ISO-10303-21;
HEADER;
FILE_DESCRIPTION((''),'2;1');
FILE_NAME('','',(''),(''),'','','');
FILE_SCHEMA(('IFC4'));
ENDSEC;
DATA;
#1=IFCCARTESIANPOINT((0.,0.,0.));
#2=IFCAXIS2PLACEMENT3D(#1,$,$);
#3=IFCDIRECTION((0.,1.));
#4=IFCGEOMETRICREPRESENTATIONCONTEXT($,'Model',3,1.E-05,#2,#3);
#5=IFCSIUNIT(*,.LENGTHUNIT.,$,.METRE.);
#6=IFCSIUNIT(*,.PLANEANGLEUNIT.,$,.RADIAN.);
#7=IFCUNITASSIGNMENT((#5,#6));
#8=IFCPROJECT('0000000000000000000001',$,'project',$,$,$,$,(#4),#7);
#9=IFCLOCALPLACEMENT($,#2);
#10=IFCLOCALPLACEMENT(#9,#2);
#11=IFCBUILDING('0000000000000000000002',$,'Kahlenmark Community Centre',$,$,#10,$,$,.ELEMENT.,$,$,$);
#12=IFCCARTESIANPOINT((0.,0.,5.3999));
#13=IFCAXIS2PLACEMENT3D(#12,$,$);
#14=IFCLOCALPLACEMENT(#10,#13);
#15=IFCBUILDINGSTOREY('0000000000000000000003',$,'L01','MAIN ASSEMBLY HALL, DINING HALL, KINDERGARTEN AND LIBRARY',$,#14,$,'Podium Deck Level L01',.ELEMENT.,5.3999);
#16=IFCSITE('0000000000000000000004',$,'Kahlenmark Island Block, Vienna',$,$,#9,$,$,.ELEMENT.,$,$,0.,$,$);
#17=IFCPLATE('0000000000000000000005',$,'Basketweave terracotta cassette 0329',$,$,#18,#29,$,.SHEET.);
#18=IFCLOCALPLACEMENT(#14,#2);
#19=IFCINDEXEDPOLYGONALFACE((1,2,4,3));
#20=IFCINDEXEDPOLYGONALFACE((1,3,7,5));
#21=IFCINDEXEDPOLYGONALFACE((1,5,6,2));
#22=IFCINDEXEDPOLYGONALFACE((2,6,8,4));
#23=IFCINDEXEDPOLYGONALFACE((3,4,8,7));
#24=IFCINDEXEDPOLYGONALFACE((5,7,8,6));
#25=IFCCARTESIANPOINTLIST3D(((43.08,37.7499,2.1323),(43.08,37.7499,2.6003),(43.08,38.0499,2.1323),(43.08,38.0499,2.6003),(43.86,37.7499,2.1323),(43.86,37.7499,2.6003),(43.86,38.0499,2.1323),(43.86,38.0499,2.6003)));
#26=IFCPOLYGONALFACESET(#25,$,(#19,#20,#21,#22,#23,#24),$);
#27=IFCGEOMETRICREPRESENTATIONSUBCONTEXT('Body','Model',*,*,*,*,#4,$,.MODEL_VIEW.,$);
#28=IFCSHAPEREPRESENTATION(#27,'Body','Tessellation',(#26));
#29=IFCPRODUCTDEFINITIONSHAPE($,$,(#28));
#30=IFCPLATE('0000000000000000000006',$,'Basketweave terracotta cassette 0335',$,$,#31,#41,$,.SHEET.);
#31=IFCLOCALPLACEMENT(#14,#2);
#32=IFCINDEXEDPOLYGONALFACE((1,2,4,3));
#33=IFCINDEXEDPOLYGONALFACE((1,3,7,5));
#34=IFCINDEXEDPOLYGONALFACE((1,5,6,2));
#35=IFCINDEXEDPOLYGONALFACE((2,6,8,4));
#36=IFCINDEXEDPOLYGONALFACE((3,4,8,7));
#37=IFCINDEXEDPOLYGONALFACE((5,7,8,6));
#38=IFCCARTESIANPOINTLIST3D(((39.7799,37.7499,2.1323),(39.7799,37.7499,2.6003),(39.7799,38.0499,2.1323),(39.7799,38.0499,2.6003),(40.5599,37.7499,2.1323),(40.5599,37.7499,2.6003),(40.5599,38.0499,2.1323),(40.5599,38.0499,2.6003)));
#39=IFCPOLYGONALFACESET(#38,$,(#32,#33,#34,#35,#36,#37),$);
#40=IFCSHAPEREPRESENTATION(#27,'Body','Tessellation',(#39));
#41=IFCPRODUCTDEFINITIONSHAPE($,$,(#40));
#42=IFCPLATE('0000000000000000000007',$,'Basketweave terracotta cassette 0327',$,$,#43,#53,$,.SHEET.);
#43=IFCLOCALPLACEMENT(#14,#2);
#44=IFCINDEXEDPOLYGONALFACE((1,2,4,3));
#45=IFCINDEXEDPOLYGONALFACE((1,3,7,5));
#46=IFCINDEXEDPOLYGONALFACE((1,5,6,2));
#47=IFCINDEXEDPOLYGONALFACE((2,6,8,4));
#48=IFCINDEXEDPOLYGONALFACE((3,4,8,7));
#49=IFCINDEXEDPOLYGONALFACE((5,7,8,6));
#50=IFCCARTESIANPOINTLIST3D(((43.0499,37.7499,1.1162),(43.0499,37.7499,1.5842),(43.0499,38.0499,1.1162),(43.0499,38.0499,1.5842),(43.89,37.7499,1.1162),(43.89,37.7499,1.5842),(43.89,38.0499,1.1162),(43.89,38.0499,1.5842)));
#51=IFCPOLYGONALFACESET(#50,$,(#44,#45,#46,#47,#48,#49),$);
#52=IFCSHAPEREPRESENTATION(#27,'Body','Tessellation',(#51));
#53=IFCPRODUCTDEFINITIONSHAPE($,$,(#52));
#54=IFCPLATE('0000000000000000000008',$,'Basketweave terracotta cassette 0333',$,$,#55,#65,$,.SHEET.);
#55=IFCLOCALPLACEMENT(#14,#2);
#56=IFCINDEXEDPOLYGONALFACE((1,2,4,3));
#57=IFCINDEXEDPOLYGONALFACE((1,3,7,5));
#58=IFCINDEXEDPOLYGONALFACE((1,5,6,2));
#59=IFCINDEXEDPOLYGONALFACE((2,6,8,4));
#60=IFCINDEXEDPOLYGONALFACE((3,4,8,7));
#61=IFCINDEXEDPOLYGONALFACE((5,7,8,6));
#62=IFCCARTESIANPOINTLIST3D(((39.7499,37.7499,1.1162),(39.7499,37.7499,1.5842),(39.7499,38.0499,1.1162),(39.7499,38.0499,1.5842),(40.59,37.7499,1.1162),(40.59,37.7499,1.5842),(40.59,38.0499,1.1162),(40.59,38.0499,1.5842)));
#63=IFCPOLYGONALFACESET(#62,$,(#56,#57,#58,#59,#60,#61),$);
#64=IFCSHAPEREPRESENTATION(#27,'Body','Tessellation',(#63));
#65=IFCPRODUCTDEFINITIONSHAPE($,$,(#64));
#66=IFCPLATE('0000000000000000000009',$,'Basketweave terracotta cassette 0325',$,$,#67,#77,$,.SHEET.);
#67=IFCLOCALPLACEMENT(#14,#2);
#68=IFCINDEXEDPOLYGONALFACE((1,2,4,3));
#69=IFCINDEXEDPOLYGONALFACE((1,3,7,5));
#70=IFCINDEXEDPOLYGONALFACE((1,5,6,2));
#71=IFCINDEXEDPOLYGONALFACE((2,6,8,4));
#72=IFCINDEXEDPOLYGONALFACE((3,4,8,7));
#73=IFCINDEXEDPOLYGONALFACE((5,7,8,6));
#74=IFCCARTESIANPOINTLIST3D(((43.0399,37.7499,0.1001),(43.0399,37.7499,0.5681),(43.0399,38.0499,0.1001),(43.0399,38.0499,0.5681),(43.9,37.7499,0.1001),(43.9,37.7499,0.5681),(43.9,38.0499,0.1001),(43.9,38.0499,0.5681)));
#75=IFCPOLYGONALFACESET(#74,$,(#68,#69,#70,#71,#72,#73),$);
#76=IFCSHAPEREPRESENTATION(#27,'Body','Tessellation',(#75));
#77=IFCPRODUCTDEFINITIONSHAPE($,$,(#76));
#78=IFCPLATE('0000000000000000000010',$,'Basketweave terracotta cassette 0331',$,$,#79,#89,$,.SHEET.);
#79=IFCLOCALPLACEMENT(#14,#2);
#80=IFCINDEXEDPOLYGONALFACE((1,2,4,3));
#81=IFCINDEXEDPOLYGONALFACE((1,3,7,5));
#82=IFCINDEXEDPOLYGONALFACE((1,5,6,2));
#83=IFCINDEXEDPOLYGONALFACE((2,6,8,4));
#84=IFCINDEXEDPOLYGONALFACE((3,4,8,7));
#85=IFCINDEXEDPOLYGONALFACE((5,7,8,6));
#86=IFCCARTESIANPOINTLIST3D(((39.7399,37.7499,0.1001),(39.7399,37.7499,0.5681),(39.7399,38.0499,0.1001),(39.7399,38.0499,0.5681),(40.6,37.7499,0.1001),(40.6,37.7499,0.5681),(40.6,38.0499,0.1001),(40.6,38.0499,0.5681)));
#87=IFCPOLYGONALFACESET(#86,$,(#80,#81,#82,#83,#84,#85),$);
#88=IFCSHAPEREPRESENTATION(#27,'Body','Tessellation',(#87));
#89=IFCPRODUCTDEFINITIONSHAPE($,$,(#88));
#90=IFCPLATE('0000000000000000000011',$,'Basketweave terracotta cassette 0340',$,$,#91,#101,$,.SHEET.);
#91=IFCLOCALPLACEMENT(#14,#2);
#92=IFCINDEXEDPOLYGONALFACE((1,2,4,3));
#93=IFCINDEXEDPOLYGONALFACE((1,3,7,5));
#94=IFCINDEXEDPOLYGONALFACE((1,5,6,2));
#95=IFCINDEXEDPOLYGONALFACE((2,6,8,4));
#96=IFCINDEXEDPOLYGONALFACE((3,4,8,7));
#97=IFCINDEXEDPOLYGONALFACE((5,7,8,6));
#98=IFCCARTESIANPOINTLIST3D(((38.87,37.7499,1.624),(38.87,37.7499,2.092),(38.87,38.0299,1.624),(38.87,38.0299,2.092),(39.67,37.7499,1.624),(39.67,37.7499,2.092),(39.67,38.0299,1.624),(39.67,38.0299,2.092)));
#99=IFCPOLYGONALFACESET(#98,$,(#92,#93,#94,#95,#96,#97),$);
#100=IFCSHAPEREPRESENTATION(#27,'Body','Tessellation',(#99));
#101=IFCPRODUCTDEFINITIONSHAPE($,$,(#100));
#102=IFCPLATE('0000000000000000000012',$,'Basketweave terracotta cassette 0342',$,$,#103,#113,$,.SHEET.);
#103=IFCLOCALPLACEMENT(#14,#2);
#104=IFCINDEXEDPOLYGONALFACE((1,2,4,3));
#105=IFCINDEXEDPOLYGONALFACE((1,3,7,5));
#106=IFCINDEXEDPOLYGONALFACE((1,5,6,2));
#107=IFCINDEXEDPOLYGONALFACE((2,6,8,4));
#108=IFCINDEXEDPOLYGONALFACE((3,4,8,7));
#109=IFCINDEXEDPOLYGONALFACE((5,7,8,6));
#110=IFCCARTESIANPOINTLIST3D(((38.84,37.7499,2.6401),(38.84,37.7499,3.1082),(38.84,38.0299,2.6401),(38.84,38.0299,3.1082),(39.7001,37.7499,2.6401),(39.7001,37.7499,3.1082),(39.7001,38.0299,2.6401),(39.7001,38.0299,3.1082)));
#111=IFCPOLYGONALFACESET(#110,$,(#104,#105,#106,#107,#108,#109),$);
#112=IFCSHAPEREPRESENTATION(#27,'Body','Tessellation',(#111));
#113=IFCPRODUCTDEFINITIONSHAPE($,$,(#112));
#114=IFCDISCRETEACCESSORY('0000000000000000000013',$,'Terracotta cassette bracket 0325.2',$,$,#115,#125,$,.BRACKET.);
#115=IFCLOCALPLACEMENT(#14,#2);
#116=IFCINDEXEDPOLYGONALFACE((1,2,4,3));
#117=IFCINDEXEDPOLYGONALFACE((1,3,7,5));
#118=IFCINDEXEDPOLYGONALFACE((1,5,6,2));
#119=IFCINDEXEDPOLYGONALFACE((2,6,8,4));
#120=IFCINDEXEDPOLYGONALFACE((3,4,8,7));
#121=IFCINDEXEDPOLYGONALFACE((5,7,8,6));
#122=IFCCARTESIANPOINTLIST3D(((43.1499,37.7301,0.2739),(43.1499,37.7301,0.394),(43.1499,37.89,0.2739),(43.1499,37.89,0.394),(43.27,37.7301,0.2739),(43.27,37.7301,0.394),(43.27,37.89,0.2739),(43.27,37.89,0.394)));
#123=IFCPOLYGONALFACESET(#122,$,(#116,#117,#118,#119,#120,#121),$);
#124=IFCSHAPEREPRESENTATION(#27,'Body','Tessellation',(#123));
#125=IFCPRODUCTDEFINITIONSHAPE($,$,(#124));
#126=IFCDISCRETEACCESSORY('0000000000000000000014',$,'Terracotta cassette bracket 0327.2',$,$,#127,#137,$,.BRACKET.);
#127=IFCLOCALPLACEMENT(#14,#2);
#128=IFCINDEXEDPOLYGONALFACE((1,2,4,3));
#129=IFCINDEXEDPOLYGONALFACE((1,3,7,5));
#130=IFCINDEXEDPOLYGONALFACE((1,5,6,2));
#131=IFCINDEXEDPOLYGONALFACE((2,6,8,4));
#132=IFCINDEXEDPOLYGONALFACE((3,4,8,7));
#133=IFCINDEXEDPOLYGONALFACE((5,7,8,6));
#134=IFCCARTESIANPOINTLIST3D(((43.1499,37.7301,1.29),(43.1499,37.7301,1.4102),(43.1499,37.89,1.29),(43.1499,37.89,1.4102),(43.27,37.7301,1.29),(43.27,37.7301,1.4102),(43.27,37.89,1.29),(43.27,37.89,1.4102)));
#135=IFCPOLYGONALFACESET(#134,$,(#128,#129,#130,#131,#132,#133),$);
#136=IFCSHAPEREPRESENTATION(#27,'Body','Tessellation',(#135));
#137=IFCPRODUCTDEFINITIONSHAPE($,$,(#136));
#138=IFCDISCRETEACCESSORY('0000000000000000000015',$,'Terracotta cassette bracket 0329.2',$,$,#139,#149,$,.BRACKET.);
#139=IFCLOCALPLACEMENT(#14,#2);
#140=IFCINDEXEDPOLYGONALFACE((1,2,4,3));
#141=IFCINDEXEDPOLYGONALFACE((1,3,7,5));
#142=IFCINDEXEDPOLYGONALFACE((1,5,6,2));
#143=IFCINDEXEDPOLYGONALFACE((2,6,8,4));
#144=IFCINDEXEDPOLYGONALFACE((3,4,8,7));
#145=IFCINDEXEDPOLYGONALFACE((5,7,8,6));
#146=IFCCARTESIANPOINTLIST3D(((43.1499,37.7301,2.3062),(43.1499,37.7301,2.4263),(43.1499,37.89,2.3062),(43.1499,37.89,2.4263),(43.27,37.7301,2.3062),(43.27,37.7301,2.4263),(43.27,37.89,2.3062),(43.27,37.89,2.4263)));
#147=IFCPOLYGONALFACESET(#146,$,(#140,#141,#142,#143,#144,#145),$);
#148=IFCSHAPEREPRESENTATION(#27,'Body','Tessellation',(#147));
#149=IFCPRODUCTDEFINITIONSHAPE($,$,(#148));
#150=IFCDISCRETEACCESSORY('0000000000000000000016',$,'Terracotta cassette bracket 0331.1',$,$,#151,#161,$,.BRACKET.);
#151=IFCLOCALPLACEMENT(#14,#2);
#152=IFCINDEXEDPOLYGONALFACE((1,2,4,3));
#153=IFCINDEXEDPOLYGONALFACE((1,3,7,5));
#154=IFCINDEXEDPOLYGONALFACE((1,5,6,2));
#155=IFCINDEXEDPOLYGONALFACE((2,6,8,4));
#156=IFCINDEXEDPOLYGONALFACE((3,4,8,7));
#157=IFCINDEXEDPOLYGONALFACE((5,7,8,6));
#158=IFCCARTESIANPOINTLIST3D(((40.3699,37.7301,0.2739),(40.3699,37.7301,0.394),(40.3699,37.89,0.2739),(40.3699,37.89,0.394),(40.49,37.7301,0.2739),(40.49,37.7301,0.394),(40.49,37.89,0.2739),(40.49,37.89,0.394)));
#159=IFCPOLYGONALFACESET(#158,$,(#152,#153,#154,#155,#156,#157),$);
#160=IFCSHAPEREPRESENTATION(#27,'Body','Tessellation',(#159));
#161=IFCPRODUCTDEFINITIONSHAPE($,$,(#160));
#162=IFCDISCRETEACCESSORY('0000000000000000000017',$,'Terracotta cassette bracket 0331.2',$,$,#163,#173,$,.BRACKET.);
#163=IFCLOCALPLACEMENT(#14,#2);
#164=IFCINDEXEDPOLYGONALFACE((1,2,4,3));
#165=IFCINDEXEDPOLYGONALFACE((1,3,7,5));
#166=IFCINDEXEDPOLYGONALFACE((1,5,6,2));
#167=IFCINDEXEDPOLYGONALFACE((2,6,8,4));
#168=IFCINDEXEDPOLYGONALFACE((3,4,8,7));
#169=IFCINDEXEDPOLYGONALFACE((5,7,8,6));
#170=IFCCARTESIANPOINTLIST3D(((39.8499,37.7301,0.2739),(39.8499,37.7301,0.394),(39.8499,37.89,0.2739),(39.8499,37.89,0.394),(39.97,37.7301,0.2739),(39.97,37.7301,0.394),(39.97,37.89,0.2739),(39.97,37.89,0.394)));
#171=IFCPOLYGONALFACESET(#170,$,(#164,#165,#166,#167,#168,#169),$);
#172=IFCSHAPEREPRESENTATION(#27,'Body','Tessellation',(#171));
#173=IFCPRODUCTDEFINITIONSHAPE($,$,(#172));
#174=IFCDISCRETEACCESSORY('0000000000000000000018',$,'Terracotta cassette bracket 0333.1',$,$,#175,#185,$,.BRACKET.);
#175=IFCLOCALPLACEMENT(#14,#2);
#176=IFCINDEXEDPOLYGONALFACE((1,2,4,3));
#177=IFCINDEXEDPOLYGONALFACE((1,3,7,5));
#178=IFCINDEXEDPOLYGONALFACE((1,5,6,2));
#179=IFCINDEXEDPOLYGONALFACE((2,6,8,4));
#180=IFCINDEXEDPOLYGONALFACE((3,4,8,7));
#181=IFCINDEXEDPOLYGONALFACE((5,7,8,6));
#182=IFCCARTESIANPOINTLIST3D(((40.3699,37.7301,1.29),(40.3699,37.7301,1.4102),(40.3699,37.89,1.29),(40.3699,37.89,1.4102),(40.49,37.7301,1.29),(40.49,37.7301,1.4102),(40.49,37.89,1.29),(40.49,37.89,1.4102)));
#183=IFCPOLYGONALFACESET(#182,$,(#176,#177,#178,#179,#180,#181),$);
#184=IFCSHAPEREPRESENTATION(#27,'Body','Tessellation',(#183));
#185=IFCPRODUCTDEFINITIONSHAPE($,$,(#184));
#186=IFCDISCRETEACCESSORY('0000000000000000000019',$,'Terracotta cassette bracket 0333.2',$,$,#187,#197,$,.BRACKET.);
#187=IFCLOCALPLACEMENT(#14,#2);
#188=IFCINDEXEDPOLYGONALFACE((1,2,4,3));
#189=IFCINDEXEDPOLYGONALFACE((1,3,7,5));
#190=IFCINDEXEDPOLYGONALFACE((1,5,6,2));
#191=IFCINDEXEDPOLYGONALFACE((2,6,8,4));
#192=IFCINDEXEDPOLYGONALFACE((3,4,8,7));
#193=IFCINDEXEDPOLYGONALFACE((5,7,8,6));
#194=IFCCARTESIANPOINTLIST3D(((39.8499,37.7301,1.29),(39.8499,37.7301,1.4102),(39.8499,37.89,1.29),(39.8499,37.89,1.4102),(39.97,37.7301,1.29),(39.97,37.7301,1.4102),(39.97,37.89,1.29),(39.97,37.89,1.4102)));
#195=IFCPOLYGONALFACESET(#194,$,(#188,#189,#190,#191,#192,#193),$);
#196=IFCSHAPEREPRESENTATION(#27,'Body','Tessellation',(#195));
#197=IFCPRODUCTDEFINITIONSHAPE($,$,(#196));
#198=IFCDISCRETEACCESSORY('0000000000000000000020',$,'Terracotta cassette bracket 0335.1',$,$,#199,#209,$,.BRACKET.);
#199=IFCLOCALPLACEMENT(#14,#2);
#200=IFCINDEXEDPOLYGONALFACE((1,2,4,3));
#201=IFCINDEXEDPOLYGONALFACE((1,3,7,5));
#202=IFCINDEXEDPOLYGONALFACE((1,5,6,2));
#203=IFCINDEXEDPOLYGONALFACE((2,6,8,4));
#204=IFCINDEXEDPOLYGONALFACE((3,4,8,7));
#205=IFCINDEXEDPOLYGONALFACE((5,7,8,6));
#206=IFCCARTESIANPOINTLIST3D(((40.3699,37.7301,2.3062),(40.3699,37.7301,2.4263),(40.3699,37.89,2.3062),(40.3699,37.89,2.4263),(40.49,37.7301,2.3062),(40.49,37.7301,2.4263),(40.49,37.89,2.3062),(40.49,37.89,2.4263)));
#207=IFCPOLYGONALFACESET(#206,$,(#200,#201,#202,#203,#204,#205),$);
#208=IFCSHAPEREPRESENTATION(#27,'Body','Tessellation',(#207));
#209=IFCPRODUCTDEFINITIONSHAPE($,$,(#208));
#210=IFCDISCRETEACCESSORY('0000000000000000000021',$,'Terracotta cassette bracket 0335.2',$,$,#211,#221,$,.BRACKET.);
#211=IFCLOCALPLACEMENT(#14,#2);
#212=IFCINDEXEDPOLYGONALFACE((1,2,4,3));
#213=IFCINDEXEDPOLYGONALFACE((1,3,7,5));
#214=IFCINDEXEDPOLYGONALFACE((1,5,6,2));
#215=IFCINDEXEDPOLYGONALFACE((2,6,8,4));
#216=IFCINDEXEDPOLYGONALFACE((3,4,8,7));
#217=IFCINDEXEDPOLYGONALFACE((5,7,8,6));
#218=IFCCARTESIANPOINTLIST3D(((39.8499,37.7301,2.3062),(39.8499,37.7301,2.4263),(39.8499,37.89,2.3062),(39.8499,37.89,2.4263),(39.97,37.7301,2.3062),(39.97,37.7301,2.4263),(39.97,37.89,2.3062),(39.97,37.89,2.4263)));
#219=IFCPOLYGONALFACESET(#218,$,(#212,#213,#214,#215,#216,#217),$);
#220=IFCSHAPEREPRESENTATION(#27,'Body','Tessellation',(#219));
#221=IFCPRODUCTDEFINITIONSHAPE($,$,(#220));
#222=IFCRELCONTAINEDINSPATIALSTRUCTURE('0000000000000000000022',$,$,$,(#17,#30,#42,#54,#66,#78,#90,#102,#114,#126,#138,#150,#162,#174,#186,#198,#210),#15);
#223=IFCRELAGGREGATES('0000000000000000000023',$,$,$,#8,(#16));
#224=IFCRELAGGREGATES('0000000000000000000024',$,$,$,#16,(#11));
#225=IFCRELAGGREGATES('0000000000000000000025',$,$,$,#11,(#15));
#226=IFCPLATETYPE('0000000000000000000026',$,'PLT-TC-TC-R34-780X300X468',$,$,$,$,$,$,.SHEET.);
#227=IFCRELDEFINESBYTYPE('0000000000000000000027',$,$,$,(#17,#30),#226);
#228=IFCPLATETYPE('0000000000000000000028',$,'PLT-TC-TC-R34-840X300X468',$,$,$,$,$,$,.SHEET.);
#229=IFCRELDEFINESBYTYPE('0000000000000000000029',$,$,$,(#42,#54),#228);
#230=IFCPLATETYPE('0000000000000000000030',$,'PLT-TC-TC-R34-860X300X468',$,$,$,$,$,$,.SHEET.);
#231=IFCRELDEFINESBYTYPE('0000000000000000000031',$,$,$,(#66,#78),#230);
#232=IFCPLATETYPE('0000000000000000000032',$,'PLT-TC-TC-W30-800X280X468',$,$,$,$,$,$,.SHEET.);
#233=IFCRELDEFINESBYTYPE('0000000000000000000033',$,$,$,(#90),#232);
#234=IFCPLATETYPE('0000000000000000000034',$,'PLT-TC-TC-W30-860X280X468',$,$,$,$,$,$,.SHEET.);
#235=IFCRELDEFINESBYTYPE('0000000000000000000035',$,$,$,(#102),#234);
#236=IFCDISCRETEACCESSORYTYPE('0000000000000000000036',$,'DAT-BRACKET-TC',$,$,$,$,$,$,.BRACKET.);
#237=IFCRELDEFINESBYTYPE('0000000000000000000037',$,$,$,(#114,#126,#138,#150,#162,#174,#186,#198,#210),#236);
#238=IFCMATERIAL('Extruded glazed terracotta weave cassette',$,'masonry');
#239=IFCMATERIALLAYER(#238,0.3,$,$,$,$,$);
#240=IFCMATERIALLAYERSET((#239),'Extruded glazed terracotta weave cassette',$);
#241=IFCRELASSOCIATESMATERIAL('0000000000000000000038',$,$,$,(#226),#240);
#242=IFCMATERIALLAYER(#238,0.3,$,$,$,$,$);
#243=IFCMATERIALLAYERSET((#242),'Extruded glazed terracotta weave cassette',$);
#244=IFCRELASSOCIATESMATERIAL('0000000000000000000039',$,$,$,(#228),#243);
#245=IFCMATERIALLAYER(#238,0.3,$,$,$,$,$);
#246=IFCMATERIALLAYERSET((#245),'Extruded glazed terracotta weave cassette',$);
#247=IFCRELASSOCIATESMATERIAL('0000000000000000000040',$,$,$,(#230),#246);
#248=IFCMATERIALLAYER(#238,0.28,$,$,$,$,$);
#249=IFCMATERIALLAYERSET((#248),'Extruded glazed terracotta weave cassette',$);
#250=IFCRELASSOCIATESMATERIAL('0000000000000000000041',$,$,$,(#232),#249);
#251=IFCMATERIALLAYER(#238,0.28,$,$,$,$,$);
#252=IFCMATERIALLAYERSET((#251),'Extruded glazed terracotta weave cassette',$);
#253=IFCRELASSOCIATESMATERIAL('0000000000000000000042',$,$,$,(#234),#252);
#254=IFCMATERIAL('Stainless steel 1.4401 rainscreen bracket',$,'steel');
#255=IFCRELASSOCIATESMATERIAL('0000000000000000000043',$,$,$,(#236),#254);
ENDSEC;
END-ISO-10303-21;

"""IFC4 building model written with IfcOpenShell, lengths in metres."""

from ifc_helpers import new_model, si_unit, direction, frame, origin, origin_2d, place, context, subcontext, project, spatial, rectangle, extrude, material, layer, layer_set, type_object, element, save


model = new_model("IFC4")

# Units and contexts
model_context = context("Model", 3, precision=1e-05, world=origin(), true_north=direction((0.0, 1.0)))
body_context = subcontext(model_context, "Body", "Model", "MODEL_VIEW")
ifc_project = project(units=[si_unit("LENGTHUNIT", "METRE"), si_unit("PLANEANGLEUNIT", "RADIAN")], contexts=[model_context])

# Site, building, storey
site_placement = place(None, origin())
site = spatial("IfcSite", under=ifc_project, at=site_placement, Name="Kahlenmark Island Block, Vienna", CompositionType="ELEMENT", RefElevation=0.0)
building_placement = place(site_placement, origin())
building = spatial("IfcBuilding", under=site, at=building_placement, Name="Kahlenmark Community Centre", CompositionType="ELEMENT")
storey_placement = place(building_placement, frame((0.0, 0.0, 5.3999)))
storey = spatial("IfcBuildingStorey", under=building, at=storey_placement, Name="L01", Description="MAIN ASSEMBLY HALL, DINING HALL, KINDERGARTEN AND LIBRARY", LongName="Podium Deck Level L01", CompositionType="ELEMENT", Elevation=5.3999)

# Plates
ifc_material_1 = material(Name="Extruded glazed terracotta weave cassette", Category="masonry")
ifc_layer_1 = layer(ifc_material_1, 0.3)
ifc_layer_set_1 = layer_set([ifc_layer_1], Name="Extruded glazed terracotta weave cassette")
plate_type_1 = type_object("IfcPlateType", Name="PLT-TC-TC-R34-780X300X468", PredefinedType="SHEET", material=ifc_layer_set_1)
for number, where, z_axis, x_axis, name in (
    (1, (43.47, 37.8999, 2.1323), (0.0, 0.0, 1.0), (-1.0, 0.0, 0.0), "Basketweave terracotta cassette 0329"),
    (2, (40.1699, 37.8999, 2.1323), (0.0, 0.0, 1.0), (-1.0, 0.0, 0.0), "Basketweave terracotta cassette 0335"),
):
    element("IfcPlate", number, at=place(storey_placement, frame(where, z_axis=z_axis, x_axis=x_axis)), inside=storey, type_object=plate_type_1, Name=name, PredefinedType="SHEET", context=body_context, shape_type="SweptSolid", body=[
        extrude(rectangle(XDim=0.78, YDim=0.3, at=origin_2d()), origin(), (0.0, 0.0, 1.0), 0.468),
    ])
ifc_layer_2 = layer(ifc_material_1, 0.3)
ifc_layer_set_2 = layer_set([ifc_layer_2], Name="Extruded glazed terracotta weave cassette")
plate_type_2 = type_object("IfcPlateType", Name="PLT-TC-TC-R34-840X300X468", PredefinedType="SHEET", material=ifc_layer_set_2)
for number, where, z_axis, x_axis, name in (
    (3, (43.47, 37.8999, 1.1162), (0.0, 0.0, 1.0), (-1.0, 0.0, 0.0), "Basketweave terracotta cassette 0327"),
    (4, (40.1699, 37.8999, 1.1162), (0.0, 0.0, 1.0), (-1.0, 0.0, 0.0), "Basketweave terracotta cassette 0333"),
):
    element("IfcPlate", number, at=place(storey_placement, frame(where, z_axis=z_axis, x_axis=x_axis)), inside=storey, type_object=plate_type_2, Name=name, PredefinedType="SHEET", context=body_context, shape_type="SweptSolid", body=[
        extrude(rectangle(XDim=0.8401, YDim=0.3, at=origin_2d()), origin(), (0.0, 0.0, 1.0), 0.468),
    ])
ifc_layer_3 = layer(ifc_material_1, 0.3)
ifc_layer_set_3 = layer_set([ifc_layer_3], Name="Extruded glazed terracotta weave cassette")
plate_type_3 = type_object("IfcPlateType", Name="PLT-TC-TC-R34-860X300X468", PredefinedType="SHEET", material=ifc_layer_set_3)
for number, where, z_axis, x_axis, name in (
    (5, (43.47, 37.8999, 0.1001), (0.0, 0.0, 1.0), (-1.0, 0.0, 0.0), "Basketweave terracotta cassette 0325"),
    (6, (40.1699, 37.8999, 0.1001), (0.0, 0.0, 1.0), (-1.0, 0.0, 0.0), "Basketweave terracotta cassette 0331"),
):
    element("IfcPlate", number, at=place(storey_placement, frame(where, z_axis=z_axis, x_axis=x_axis)), inside=storey, type_object=plate_type_3, Name=name, PredefinedType="SHEET", context=body_context, shape_type="SweptSolid", body=[
        extrude(rectangle(XDim=0.8601, YDim=0.3, at=origin_2d()), origin(), (0.0, 0.0, 1.0), 0.468),
    ])
ifc_layer_4 = layer(ifc_material_1, 0.28)
ifc_layer_set_4 = layer_set([ifc_layer_4], Name="Extruded glazed terracotta weave cassette")
plate_type_4 = type_object("IfcPlateType", Name="PLT-TC-TC-W30-800X280X468", PredefinedType="SHEET", material=ifc_layer_set_4)
plate_1_placement = place(storey_placement, frame((39.27, 37.8899, 1.624), z_axis=(0.0, 0.0, 1.0), x_axis=(-1.0, 0.0, 0.0)))
element("IfcPlate", 7, at=plate_1_placement, inside=storey, type_object=plate_type_4, Name="Basketweave terracotta cassette 0340", PredefinedType="SHEET", context=body_context, shape_type="SweptSolid", body=[
    extrude(rectangle(XDim=0.8, YDim=0.28, at=origin_2d()), origin(), (0.0, 0.0, 1.0), 0.468),
])
ifc_layer_5 = layer(ifc_material_1, 0.28)
ifc_layer_set_5 = layer_set([ifc_layer_5], Name="Extruded glazed terracotta weave cassette")
plate_type_5 = type_object("IfcPlateType", Name="PLT-TC-TC-W30-860X280X468", PredefinedType="SHEET", material=ifc_layer_set_5)
plate_2_placement = place(storey_placement, frame((39.27, 37.8899, 2.6401), z_axis=(0.0, 0.0, 1.0), x_axis=(-1.0, 0.0, 0.0)))
element("IfcPlate", 8, at=plate_2_placement, inside=storey, type_object=plate_type_5, Name="Basketweave terracotta cassette 0342", PredefinedType="SHEET", context=body_context, shape_type="SweptSolid", body=[
    extrude(rectangle(XDim=0.8601, YDim=0.28, at=origin_2d()), origin(), (0.0, 0.0, 1.0), 0.468),
])

# Discrete accessories
ifc_material_2 = material(Name="Stainless steel 1.4401 rainscreen bracket", Category="steel")
discrete_accessory_type = type_object("IfcDiscreteAccessoryType", Name="DAT-BRACKET-TC", PredefinedType="BRACKET", material=ifc_material_2)
for number, where, z_axis, x_axis, name in (
    (9, (43.21, 37.8101, 0.2739), (0.0, 0.0, 1.0), (-1.0, 0.0, 0.0), "Terracotta cassette bracket 0325.2"),
    (10, (43.21, 37.8101, 1.29), (0.0, 0.0, 1.0), (-1.0, 0.0, 0.0), "Terracotta cassette bracket 0327.2"),
    (11, (43.21, 37.8101, 2.3062), (0.0, 0.0, 1.0), (-1.0, 0.0, 0.0), "Terracotta cassette bracket 0329.2"),
    (12, (40.4299, 37.8101, 0.2739), (0.0, 0.0, 1.0), (-1.0, 0.0, 0.0), "Terracotta cassette bracket 0331.1"),
    (13, (39.9099, 37.8101, 0.2739), (0.0, 0.0, 1.0), (-1.0, 0.0, 0.0), "Terracotta cassette bracket 0331.2"),
    (14, (40.4299, 37.8101, 1.29), (0.0, 0.0, 1.0), (-1.0, 0.0, 0.0), "Terracotta cassette bracket 0333.1"),
    (15, (39.9099, 37.8101, 1.29), (0.0, 0.0, 1.0), (-1.0, 0.0, 0.0), "Terracotta cassette bracket 0333.2"),
    (16, (40.4299, 37.8101, 2.3062), (0.0, 0.0, 1.0), (-1.0, 0.0, 0.0), "Terracotta cassette bracket 0335.1"),
    (17, (39.9099, 37.8101, 2.3062), (0.0, 0.0, 1.0), (-1.0, 0.0, 0.0), "Terracotta cassette bracket 0335.2"),
):
    element("IfcDiscreteAccessory", number, at=place(storey_placement, frame(where, z_axis=z_axis, x_axis=x_axis)), inside=storey, type_object=discrete_accessory_type, Name=name, PredefinedType="BRACKET", context=body_context, shape_type="SweptSolid", body=[
        extrude(rectangle(XDim=0.1201, YDim=0.1599, at=origin_2d()), origin(), (0.0, 0.0, 1.0), 0.1201),
    ])

save(model, "model.ifc")
